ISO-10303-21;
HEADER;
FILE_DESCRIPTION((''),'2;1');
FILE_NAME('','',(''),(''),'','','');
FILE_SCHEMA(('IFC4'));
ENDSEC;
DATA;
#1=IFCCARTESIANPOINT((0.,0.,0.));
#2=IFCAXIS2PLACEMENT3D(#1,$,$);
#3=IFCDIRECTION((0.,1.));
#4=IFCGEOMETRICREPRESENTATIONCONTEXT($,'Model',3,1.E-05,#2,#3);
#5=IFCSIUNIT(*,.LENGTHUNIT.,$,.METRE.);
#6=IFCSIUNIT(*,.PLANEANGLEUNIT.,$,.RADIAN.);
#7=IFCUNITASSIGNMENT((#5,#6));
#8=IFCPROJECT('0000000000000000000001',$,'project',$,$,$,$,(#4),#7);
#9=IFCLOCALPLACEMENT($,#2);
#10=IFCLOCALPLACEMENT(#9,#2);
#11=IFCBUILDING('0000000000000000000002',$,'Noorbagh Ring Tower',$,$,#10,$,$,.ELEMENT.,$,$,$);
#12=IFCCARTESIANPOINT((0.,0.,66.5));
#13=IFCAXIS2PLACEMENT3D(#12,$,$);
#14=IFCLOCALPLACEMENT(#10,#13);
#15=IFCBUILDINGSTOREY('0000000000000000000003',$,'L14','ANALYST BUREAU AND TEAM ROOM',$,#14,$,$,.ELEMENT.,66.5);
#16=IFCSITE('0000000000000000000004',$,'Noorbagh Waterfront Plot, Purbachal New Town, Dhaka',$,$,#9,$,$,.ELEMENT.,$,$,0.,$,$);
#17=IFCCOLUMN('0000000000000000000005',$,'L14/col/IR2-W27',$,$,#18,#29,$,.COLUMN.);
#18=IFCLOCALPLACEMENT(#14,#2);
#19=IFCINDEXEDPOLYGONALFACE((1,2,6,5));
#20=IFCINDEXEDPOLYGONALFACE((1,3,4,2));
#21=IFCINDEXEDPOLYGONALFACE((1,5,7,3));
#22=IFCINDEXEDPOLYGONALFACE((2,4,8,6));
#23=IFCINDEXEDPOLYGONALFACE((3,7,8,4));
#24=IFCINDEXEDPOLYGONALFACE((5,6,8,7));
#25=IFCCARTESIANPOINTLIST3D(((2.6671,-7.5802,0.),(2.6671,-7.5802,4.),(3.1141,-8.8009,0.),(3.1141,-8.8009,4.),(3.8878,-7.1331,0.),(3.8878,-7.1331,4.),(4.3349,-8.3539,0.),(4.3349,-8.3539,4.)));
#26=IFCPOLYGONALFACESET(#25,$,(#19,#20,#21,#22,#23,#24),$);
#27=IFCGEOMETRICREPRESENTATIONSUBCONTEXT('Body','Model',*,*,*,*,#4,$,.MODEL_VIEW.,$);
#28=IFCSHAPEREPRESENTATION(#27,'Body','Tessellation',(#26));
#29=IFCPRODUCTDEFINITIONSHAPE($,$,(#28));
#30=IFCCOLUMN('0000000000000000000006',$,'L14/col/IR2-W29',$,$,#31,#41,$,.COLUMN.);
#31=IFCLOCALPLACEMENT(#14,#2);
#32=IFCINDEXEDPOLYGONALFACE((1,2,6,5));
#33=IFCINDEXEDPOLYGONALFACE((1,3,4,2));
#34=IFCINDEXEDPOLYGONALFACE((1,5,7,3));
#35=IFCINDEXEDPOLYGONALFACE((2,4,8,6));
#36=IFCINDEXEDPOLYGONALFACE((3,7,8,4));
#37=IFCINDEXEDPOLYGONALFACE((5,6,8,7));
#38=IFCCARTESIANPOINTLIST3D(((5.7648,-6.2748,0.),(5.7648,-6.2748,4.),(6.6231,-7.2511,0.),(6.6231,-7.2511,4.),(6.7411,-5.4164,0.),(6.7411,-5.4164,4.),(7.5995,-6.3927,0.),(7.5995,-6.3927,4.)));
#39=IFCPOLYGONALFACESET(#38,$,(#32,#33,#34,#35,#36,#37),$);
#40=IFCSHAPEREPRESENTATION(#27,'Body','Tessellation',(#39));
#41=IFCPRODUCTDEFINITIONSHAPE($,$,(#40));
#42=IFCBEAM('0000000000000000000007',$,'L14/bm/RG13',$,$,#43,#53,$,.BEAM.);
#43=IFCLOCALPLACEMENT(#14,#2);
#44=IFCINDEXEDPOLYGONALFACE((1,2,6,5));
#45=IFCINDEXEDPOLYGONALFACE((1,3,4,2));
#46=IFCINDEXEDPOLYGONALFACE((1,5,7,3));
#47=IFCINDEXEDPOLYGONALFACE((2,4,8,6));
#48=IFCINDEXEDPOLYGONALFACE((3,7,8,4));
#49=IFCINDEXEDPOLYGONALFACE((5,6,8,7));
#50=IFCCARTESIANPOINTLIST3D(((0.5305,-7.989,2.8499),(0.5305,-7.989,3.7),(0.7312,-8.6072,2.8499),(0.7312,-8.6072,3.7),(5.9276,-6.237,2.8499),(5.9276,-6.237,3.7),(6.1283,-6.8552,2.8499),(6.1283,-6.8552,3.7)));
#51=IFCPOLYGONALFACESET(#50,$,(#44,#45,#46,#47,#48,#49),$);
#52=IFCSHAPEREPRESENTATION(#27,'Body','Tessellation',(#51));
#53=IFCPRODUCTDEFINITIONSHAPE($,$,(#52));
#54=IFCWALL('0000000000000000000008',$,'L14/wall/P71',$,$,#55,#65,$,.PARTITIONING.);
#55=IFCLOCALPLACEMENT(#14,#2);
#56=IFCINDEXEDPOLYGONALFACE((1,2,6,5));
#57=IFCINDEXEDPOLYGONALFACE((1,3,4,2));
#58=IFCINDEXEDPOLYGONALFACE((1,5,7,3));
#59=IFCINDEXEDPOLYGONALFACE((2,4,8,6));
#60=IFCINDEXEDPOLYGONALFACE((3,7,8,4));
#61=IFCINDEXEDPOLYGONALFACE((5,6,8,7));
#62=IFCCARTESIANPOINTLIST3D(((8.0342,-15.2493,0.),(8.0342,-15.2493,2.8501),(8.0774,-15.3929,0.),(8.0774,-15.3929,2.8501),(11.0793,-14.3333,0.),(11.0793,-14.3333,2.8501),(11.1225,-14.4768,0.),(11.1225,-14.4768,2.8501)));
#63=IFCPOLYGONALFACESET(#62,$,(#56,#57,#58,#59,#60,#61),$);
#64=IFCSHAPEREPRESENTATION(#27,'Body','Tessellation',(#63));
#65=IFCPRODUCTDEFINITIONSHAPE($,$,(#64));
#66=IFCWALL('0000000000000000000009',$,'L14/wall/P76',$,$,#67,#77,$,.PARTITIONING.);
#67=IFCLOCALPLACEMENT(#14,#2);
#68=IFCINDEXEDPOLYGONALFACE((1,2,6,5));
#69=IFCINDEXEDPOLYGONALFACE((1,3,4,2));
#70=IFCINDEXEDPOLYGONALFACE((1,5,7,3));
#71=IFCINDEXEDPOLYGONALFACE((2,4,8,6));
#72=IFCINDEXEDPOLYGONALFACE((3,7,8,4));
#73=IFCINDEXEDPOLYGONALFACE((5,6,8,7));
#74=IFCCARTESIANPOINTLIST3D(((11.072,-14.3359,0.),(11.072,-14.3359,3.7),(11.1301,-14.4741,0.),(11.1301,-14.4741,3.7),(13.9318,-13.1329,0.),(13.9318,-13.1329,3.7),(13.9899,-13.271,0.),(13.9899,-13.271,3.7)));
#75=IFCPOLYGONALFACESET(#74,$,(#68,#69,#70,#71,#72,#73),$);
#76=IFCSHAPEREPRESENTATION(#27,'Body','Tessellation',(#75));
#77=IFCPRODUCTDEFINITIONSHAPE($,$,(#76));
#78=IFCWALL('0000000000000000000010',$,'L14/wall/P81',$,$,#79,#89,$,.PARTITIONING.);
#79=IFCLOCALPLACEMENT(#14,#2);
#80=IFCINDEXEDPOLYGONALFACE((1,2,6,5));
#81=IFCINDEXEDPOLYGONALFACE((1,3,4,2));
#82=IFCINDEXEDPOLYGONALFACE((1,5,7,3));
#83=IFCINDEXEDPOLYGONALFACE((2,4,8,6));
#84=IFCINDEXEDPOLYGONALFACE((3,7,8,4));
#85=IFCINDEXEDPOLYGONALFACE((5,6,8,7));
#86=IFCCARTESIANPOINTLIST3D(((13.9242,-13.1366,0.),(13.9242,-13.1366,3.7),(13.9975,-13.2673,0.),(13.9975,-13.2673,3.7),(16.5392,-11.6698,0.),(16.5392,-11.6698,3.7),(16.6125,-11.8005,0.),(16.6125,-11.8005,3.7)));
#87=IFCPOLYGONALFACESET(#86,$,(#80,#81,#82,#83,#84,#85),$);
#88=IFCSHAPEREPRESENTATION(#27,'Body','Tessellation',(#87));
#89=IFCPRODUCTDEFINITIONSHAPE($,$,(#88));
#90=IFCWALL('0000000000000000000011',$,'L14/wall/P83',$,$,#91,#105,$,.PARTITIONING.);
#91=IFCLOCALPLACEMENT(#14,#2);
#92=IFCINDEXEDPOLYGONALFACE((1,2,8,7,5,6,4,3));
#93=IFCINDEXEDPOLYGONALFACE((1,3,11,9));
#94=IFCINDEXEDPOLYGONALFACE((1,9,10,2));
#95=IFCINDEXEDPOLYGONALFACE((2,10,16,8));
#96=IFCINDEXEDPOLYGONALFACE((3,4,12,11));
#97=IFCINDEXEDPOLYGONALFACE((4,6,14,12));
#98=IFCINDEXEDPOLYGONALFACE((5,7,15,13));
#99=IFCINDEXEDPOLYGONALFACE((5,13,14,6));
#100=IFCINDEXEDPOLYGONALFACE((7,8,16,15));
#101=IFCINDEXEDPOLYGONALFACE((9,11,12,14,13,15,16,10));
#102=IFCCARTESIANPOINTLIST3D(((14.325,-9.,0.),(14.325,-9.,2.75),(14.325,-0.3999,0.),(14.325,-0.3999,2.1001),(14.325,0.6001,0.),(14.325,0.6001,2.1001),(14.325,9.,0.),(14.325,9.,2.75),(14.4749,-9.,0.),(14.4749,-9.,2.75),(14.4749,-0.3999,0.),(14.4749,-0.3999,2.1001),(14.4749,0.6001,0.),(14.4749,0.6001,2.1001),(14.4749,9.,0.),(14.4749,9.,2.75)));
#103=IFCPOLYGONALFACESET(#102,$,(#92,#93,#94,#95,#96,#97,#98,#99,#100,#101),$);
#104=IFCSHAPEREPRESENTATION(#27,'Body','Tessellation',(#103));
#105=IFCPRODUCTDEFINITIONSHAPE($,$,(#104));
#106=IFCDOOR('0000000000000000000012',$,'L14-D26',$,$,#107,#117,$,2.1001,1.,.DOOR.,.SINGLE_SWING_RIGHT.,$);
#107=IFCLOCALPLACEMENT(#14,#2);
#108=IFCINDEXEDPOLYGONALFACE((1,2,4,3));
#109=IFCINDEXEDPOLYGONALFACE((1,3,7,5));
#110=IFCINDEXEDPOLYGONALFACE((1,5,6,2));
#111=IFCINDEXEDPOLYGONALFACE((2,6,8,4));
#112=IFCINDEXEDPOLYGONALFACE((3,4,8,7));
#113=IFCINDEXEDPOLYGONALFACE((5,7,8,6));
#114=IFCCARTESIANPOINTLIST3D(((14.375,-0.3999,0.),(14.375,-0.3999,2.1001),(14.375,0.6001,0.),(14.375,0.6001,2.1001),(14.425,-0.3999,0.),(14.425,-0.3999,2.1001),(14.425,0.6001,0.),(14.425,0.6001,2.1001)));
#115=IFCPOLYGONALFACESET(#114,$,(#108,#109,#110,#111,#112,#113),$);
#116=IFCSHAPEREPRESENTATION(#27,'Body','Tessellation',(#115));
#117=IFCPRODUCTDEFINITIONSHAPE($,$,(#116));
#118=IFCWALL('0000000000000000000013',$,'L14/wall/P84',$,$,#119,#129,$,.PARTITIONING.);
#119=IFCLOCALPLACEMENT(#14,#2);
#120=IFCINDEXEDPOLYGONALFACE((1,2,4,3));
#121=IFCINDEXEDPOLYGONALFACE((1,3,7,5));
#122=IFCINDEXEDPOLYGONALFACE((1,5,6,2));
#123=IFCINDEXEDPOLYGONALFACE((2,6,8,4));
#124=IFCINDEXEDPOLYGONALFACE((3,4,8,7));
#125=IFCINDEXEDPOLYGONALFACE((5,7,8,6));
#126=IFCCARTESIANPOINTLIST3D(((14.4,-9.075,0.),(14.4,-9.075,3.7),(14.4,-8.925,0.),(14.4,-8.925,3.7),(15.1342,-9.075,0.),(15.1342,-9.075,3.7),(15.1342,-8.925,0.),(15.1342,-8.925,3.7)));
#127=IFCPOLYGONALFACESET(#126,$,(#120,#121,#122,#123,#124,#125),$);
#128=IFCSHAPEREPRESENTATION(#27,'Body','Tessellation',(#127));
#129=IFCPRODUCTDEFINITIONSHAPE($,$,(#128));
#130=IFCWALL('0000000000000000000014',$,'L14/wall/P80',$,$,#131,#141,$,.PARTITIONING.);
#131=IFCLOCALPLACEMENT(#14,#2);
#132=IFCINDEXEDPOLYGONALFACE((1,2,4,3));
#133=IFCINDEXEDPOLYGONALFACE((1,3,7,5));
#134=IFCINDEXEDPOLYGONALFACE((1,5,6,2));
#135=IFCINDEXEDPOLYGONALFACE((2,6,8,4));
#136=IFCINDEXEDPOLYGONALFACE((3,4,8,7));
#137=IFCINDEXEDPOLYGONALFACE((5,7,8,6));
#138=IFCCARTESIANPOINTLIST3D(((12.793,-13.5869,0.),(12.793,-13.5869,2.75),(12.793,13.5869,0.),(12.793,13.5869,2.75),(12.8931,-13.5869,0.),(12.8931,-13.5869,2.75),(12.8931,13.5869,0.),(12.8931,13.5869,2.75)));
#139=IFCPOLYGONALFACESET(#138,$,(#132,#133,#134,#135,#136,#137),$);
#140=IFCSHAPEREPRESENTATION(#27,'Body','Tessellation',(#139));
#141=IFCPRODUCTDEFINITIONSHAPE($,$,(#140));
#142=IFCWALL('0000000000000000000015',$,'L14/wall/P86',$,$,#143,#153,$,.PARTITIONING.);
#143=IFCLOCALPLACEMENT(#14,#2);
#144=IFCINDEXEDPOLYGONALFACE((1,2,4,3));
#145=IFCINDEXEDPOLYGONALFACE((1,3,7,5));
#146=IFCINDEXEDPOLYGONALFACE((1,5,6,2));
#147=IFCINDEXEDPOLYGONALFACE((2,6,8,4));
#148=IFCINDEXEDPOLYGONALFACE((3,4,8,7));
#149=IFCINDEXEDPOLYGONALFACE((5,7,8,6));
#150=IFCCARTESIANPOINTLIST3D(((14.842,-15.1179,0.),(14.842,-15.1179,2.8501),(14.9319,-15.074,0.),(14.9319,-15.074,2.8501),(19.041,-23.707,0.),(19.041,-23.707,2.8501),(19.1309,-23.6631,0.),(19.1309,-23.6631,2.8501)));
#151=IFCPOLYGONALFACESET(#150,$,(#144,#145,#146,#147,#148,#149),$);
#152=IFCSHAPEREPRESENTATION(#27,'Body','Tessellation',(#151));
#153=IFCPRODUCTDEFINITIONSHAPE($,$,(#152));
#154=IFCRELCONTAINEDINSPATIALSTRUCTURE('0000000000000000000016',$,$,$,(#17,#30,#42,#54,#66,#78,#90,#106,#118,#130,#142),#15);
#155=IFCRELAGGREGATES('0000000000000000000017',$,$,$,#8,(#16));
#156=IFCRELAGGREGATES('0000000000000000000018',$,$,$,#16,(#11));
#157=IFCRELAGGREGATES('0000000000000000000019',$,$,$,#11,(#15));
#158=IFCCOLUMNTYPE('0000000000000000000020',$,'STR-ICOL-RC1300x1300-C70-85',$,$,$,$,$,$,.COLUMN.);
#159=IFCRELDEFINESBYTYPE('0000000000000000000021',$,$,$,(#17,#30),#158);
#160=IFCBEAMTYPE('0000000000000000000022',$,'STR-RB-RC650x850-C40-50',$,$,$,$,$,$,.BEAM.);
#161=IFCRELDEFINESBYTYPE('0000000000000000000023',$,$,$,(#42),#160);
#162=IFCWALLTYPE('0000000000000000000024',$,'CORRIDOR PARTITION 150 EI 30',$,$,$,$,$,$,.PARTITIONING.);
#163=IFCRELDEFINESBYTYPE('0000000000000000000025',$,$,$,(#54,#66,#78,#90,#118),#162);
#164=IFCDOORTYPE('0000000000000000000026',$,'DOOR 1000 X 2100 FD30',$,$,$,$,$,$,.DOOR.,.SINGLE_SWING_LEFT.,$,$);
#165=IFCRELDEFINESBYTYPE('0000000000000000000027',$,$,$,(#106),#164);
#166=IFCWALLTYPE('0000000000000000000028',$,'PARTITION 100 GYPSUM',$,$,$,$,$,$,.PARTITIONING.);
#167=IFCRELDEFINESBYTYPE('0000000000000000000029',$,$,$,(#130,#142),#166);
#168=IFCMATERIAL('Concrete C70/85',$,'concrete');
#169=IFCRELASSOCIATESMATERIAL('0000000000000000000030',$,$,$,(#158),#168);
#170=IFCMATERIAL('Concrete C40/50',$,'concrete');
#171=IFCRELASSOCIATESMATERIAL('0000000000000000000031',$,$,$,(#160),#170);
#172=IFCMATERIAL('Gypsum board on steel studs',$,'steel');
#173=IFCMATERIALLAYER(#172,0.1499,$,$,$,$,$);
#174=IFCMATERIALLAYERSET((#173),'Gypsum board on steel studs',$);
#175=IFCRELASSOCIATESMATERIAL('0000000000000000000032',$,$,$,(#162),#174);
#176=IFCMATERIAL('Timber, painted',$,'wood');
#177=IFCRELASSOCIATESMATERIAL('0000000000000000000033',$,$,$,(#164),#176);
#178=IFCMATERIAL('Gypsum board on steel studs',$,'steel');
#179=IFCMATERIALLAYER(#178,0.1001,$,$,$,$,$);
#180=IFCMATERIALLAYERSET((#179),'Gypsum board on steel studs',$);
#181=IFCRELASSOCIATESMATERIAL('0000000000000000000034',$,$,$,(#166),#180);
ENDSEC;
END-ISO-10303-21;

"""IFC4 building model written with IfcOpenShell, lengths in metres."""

from ifc_helpers import new_model, si_unit, direction, frame, frame_2d, origin, origin_2d, place, context, subcontext, project, spatial, rectangle, extrude, material, layer, layer_set, material_profile, profile_set, type_object, element, fill, save


model = new_model("IFC4")

# Units and contexts
model_context = context("Model", 3, precision=1e-05, world=origin(), true_north=direction((0.0, 1.0)))
body_context = subcontext(model_context, "Body", "Model", "MODEL_VIEW")
ifc_project = project(units=[si_unit("LENGTHUNIT", "METRE"), si_unit("PLANEANGLEUNIT", "RADIAN")], contexts=[model_context])

# Site, building, storey
site_placement = place(None, origin())
site = spatial("IfcSite", under=ifc_project, at=site_placement, Name="Noorbagh Waterfront Plot, Purbachal New Town, Dhaka", CompositionType="ELEMENT", RefElevation=0.0)
building_placement = place(site_placement, origin())
building = spatial("IfcBuilding", under=site, at=building_placement, Name="Noorbagh Ring Tower", CompositionType="ELEMENT")
storey_placement = place(building_placement, frame((0.0, 0.0, 66.5)))
storey = spatial("IfcBuildingStorey", under=building, at=storey_placement, Name="L14", Description="ANALYST BUREAU AND TEAM ROOM", CompositionType="ELEMENT", Elevation=66.5)

# Columns
ifc_material_1 = material(Name="Concrete C70/85", Category="concrete")
ifc_material_profile_1 = material_profile(ifc_material_1, rectangle(XDim=1.3, YDim=1.3, at=origin_2d()), Name="RC1300x1300")
ifc_profile_set_1 = profile_set([ifc_material_profile_1], Name="Concrete C70/85")
column_type = type_object("IfcColumnType", Name="STR-ICOL-RC1300x1300-C70-85", PredefinedType="COLUMN", material=ifc_profile_set_1)
for number, where, z_axis, x_axis, name in (
    (1, (3.501, -7.967, 0.0), (0.0, 0.0, 1.0), (0.93902, 0.343864, 0.0), "L14/col/IR2-W27"),
    (2, (6.6821, -6.3337, 0.0), (0.0, 0.0, 1.0), (0.751022, 0.660277, 0.0), "L14/col/IR2-W29"),
):
    element("IfcColumn", number, at=place(storey_placement, frame(where, z_axis=z_axis, x_axis=x_axis)), inside=storey, type_object=column_type, Name=name, PredefinedType="COLUMN", context=body_context, shape_type="SweptSolid", body=[
        extrude(rectangle(XDim=1.3, YDim=1.3, at=origin_2d()), origin(), (0.0, 0.0, 1.0), 4.0),
    ])

# Beam
ifc_material_2 = material(Name="Concrete C40/50", Category="concrete")
ifc_material_profile_2 = material_profile(ifc_material_2, rectangle(XDim=0.6499, YDim=0.8501, at=origin_2d()), Name="RC650x850")
ifc_profile_set_2 = profile_set([ifc_material_profile_2], Name="Concrete C40/50")
beam_type = type_object("IfcBeamType", Name="STR-RB-RC650x850-C40-50", PredefinedType="BEAM", material=ifc_profile_set_2)
beam_placement = place(storey_placement, frame((0.6309, -8.2981, 3.2749), z_axis=(0.951141, 0.308757, 0.0), x_axis=(-0.308757, 0.951141, 0.0)))
element("IfcBeam", 3, at=beam_placement, inside=storey, type_object=beam_type, Name="L14/bm/RG13", PredefinedType="BEAM", context=body_context, shape_type="SweptSolid", body=[
    extrude(rectangle(XDim=0.6499, YDim=0.8501, at=origin_2d()), origin(), (0.0, 0.0, 1.0), 5.6743),
])

# Walls
ifc_material_3 = material(Name="Gypsum board on steel studs", Category="steel")
ifc_layer_1 = layer(ifc_material_3, 0.1499)
ifc_layer_set_1 = layer_set([ifc_layer_1], Name="Gypsum board on steel studs")
wall_type_1 = type_object("IfcWallType", Name="CORRIDOR PARTITION 150 EI 30", PredefinedType="PARTITIONING", material=ifc_layer_set_1)
wall_1_placement = place(storey_placement, frame((8.0559, -15.321, 0.0), z_axis=(0.0, 0.0, 1.0), x_axis=(0.957613, 0.288059, 0.0)))
element("IfcWall", 4, at=wall_1_placement, inside=storey, type_object=wall_type_1, Name="L14/wall/P71", PredefinedType="PARTITIONING", context=body_context, shape_type="SweptSolid", body=[
    extrude(rectangle(XDim=3.1799, YDim=0.1499, at=frame_2d((1.5898, 0.0))), origin(), (0.0, 0.0, 1.0), 2.8501),
])
wall_2_placement = place(storey_placement, frame((11.1011, -14.405, 0.0), z_axis=(0.0, 0.0, 1.0), x_axis=(0.921754, 0.387776, 0.0)))
element("IfcWall", 5, at=wall_2_placement, inside=storey, type_object=wall_type_1, Name="L14/wall/P76", PredefinedType="PARTITIONING", context=body_context, shape_type="SweptSolid", body=[
    extrude(rectangle(XDim=3.1025, YDim=0.1499, at=frame_2d((1.5513, 0.0))), origin(), (0.0, 0.0, 1.0), 3.7),
])
wall_3_placement = place(storey_placement, frame((13.9609, -13.2019, 0.0), z_axis=(0.0, 0.0, 1.0), x_axis=(0.872164, 0.489213, 0.0)))
element("IfcWall", 6, at=wall_3_placement, inside=storey, type_object=wall_type_1, Name="L14/wall/P81", PredefinedType="PARTITIONING", context=body_context, shape_type="SweptSolid", body=[
    extrude(rectangle(XDim=2.9983, YDim=0.1499, at=frame_2d((1.499, 0.0))), origin(), (0.0, 0.0, 1.0), 3.7),
])

# Wall, opening, door
wall_4_placement = place(storey_placement, frame((14.3999, -9.0, 0.0), z_axis=(0.0, 0.0, 1.0), x_axis=(0.0, 1.0, 0.0)))
wall_4 = element("IfcWall", 7, at=wall_4_placement, inside=storey, type_object=wall_type_1, Name="L14/wall/P83", PredefinedType="PARTITIONING", context=body_context, shape_type="SweptSolid", body=[
    extrude(rectangle(XDim=18.0, YDim=0.1499, at=frame_2d((9.0, 0.0))), origin(), (0.0, 0.0, 1.0), 2.75),
])
opening_placement = place(wall_4_placement, frame((8.6001, 0.0, 0.0)))
opening = element("IfcOpeningElement", 8, at=opening_placement, cuts=wall_4, PredefinedType="OPENING", context=body_context, shape_type="SweptSolid", body=[
    extrude(rectangle(XDim=1.0, YDim=2.1001, at=frame_2d((0.5, 1.05))), frame((0.0, 0.085, 0.0), z_axis=(0.0, -1.0, 0.0), x_axis=(1.0, 0.0, 0.0)), (0.0, 0.0, 1.0), 0.1699),
])
ifc_material_4 = material(Name="Timber, painted", Category="wood")
door_type = type_object("IfcDoorType", Name="DOOR 1000 X 2100 FD30", OperationType="SINGLE_SWING_LEFT", PredefinedType="DOOR", material=ifc_material_4)
door_placement = place(opening_placement, origin())
door = element("IfcDoor", 9, at=door_placement, inside=storey, type_object=door_type, Name="L14-D26", OperationType="SINGLE_SWING_RIGHT", OverallHeight=2.1001, OverallWidth=1.0, PredefinedType="DOOR", context=body_context, shape_type="SweptSolid", body=[
    extrude(rectangle(XDim=1.0, YDim=2.1001, at=frame_2d((0.5, 1.05))), frame((0.0, 0.0249, 0.0), z_axis=(0.0, -1.0, 0.0), x_axis=(1.0, 0.0, 0.0)), (0.0, 0.0, 1.0), 0.05),
])
fill(opening, door)

# Walls
wall_5_placement = place(storey_placement, frame((14.3999, -9.0, 0.0), z_axis=(0.0, 0.0, 1.0), x_axis=(1.0, 0.0, 0.0)))
element("IfcWall", 10, at=wall_5_placement, inside=storey, type_object=wall_type_1, Name="L14/wall/P84", PredefinedType="PARTITIONING", context=body_context, shape_type="SweptSolid", body=[
    extrude(rectangle(XDim=0.7341, YDim=0.1499, at=frame_2d((0.3672, 0.0))), origin(), (0.0, 0.0, 1.0), 3.7),
])
ifc_material_5 = material(Name="Gypsum board on steel studs", Category="steel")
ifc_layer_2 = layer(ifc_material_5, 0.1001)
ifc_layer_set_2 = layer_set([ifc_layer_2], Name="Gypsum board on steel studs")
wall_type_2 = type_object("IfcWallType", Name="PARTITION 100 GYPSUM", PredefinedType="PARTITIONING", material=ifc_layer_set_2)
wall_6_placement = place(storey_placement, frame((12.843, -13.5869, 0.0), z_axis=(0.0, 0.0, 1.0), x_axis=(0.0, 1.0, 0.0)))
element("IfcWall", 11, at=wall_6_placement, inside=storey, type_object=wall_type_2, Name="L14/wall/P80", PredefinedType="PARTITIONING", context=body_context, shape_type="SweptSolid", body=[
    extrude(rectangle(XDim=27.1738, YDim=0.1001, at=frame_2d((13.5869, 0.0))), origin(), (0.0, 0.0, 1.0), 2.75),
])
wall_7_placement = place(storey_placement, frame((14.887, -15.0959, 0.0), z_axis=(0.0, 0.0, 1.0), x_axis=(0.439198, -0.89839, 0.0)))
element("IfcWall", 12, at=wall_7_placement, inside=storey, type_object=wall_type_2, Name="L14/wall/P86", PredefinedType="PARTITIONING", context=body_context, shape_type="SweptSolid", body=[
    extrude(rectangle(XDim=9.5605, YDim=0.1001, at=frame_2d((4.7803, 0.0))), origin(), (0.0, 0.0, 1.0), 2.8501),
])

save(model, "model.ifc")
